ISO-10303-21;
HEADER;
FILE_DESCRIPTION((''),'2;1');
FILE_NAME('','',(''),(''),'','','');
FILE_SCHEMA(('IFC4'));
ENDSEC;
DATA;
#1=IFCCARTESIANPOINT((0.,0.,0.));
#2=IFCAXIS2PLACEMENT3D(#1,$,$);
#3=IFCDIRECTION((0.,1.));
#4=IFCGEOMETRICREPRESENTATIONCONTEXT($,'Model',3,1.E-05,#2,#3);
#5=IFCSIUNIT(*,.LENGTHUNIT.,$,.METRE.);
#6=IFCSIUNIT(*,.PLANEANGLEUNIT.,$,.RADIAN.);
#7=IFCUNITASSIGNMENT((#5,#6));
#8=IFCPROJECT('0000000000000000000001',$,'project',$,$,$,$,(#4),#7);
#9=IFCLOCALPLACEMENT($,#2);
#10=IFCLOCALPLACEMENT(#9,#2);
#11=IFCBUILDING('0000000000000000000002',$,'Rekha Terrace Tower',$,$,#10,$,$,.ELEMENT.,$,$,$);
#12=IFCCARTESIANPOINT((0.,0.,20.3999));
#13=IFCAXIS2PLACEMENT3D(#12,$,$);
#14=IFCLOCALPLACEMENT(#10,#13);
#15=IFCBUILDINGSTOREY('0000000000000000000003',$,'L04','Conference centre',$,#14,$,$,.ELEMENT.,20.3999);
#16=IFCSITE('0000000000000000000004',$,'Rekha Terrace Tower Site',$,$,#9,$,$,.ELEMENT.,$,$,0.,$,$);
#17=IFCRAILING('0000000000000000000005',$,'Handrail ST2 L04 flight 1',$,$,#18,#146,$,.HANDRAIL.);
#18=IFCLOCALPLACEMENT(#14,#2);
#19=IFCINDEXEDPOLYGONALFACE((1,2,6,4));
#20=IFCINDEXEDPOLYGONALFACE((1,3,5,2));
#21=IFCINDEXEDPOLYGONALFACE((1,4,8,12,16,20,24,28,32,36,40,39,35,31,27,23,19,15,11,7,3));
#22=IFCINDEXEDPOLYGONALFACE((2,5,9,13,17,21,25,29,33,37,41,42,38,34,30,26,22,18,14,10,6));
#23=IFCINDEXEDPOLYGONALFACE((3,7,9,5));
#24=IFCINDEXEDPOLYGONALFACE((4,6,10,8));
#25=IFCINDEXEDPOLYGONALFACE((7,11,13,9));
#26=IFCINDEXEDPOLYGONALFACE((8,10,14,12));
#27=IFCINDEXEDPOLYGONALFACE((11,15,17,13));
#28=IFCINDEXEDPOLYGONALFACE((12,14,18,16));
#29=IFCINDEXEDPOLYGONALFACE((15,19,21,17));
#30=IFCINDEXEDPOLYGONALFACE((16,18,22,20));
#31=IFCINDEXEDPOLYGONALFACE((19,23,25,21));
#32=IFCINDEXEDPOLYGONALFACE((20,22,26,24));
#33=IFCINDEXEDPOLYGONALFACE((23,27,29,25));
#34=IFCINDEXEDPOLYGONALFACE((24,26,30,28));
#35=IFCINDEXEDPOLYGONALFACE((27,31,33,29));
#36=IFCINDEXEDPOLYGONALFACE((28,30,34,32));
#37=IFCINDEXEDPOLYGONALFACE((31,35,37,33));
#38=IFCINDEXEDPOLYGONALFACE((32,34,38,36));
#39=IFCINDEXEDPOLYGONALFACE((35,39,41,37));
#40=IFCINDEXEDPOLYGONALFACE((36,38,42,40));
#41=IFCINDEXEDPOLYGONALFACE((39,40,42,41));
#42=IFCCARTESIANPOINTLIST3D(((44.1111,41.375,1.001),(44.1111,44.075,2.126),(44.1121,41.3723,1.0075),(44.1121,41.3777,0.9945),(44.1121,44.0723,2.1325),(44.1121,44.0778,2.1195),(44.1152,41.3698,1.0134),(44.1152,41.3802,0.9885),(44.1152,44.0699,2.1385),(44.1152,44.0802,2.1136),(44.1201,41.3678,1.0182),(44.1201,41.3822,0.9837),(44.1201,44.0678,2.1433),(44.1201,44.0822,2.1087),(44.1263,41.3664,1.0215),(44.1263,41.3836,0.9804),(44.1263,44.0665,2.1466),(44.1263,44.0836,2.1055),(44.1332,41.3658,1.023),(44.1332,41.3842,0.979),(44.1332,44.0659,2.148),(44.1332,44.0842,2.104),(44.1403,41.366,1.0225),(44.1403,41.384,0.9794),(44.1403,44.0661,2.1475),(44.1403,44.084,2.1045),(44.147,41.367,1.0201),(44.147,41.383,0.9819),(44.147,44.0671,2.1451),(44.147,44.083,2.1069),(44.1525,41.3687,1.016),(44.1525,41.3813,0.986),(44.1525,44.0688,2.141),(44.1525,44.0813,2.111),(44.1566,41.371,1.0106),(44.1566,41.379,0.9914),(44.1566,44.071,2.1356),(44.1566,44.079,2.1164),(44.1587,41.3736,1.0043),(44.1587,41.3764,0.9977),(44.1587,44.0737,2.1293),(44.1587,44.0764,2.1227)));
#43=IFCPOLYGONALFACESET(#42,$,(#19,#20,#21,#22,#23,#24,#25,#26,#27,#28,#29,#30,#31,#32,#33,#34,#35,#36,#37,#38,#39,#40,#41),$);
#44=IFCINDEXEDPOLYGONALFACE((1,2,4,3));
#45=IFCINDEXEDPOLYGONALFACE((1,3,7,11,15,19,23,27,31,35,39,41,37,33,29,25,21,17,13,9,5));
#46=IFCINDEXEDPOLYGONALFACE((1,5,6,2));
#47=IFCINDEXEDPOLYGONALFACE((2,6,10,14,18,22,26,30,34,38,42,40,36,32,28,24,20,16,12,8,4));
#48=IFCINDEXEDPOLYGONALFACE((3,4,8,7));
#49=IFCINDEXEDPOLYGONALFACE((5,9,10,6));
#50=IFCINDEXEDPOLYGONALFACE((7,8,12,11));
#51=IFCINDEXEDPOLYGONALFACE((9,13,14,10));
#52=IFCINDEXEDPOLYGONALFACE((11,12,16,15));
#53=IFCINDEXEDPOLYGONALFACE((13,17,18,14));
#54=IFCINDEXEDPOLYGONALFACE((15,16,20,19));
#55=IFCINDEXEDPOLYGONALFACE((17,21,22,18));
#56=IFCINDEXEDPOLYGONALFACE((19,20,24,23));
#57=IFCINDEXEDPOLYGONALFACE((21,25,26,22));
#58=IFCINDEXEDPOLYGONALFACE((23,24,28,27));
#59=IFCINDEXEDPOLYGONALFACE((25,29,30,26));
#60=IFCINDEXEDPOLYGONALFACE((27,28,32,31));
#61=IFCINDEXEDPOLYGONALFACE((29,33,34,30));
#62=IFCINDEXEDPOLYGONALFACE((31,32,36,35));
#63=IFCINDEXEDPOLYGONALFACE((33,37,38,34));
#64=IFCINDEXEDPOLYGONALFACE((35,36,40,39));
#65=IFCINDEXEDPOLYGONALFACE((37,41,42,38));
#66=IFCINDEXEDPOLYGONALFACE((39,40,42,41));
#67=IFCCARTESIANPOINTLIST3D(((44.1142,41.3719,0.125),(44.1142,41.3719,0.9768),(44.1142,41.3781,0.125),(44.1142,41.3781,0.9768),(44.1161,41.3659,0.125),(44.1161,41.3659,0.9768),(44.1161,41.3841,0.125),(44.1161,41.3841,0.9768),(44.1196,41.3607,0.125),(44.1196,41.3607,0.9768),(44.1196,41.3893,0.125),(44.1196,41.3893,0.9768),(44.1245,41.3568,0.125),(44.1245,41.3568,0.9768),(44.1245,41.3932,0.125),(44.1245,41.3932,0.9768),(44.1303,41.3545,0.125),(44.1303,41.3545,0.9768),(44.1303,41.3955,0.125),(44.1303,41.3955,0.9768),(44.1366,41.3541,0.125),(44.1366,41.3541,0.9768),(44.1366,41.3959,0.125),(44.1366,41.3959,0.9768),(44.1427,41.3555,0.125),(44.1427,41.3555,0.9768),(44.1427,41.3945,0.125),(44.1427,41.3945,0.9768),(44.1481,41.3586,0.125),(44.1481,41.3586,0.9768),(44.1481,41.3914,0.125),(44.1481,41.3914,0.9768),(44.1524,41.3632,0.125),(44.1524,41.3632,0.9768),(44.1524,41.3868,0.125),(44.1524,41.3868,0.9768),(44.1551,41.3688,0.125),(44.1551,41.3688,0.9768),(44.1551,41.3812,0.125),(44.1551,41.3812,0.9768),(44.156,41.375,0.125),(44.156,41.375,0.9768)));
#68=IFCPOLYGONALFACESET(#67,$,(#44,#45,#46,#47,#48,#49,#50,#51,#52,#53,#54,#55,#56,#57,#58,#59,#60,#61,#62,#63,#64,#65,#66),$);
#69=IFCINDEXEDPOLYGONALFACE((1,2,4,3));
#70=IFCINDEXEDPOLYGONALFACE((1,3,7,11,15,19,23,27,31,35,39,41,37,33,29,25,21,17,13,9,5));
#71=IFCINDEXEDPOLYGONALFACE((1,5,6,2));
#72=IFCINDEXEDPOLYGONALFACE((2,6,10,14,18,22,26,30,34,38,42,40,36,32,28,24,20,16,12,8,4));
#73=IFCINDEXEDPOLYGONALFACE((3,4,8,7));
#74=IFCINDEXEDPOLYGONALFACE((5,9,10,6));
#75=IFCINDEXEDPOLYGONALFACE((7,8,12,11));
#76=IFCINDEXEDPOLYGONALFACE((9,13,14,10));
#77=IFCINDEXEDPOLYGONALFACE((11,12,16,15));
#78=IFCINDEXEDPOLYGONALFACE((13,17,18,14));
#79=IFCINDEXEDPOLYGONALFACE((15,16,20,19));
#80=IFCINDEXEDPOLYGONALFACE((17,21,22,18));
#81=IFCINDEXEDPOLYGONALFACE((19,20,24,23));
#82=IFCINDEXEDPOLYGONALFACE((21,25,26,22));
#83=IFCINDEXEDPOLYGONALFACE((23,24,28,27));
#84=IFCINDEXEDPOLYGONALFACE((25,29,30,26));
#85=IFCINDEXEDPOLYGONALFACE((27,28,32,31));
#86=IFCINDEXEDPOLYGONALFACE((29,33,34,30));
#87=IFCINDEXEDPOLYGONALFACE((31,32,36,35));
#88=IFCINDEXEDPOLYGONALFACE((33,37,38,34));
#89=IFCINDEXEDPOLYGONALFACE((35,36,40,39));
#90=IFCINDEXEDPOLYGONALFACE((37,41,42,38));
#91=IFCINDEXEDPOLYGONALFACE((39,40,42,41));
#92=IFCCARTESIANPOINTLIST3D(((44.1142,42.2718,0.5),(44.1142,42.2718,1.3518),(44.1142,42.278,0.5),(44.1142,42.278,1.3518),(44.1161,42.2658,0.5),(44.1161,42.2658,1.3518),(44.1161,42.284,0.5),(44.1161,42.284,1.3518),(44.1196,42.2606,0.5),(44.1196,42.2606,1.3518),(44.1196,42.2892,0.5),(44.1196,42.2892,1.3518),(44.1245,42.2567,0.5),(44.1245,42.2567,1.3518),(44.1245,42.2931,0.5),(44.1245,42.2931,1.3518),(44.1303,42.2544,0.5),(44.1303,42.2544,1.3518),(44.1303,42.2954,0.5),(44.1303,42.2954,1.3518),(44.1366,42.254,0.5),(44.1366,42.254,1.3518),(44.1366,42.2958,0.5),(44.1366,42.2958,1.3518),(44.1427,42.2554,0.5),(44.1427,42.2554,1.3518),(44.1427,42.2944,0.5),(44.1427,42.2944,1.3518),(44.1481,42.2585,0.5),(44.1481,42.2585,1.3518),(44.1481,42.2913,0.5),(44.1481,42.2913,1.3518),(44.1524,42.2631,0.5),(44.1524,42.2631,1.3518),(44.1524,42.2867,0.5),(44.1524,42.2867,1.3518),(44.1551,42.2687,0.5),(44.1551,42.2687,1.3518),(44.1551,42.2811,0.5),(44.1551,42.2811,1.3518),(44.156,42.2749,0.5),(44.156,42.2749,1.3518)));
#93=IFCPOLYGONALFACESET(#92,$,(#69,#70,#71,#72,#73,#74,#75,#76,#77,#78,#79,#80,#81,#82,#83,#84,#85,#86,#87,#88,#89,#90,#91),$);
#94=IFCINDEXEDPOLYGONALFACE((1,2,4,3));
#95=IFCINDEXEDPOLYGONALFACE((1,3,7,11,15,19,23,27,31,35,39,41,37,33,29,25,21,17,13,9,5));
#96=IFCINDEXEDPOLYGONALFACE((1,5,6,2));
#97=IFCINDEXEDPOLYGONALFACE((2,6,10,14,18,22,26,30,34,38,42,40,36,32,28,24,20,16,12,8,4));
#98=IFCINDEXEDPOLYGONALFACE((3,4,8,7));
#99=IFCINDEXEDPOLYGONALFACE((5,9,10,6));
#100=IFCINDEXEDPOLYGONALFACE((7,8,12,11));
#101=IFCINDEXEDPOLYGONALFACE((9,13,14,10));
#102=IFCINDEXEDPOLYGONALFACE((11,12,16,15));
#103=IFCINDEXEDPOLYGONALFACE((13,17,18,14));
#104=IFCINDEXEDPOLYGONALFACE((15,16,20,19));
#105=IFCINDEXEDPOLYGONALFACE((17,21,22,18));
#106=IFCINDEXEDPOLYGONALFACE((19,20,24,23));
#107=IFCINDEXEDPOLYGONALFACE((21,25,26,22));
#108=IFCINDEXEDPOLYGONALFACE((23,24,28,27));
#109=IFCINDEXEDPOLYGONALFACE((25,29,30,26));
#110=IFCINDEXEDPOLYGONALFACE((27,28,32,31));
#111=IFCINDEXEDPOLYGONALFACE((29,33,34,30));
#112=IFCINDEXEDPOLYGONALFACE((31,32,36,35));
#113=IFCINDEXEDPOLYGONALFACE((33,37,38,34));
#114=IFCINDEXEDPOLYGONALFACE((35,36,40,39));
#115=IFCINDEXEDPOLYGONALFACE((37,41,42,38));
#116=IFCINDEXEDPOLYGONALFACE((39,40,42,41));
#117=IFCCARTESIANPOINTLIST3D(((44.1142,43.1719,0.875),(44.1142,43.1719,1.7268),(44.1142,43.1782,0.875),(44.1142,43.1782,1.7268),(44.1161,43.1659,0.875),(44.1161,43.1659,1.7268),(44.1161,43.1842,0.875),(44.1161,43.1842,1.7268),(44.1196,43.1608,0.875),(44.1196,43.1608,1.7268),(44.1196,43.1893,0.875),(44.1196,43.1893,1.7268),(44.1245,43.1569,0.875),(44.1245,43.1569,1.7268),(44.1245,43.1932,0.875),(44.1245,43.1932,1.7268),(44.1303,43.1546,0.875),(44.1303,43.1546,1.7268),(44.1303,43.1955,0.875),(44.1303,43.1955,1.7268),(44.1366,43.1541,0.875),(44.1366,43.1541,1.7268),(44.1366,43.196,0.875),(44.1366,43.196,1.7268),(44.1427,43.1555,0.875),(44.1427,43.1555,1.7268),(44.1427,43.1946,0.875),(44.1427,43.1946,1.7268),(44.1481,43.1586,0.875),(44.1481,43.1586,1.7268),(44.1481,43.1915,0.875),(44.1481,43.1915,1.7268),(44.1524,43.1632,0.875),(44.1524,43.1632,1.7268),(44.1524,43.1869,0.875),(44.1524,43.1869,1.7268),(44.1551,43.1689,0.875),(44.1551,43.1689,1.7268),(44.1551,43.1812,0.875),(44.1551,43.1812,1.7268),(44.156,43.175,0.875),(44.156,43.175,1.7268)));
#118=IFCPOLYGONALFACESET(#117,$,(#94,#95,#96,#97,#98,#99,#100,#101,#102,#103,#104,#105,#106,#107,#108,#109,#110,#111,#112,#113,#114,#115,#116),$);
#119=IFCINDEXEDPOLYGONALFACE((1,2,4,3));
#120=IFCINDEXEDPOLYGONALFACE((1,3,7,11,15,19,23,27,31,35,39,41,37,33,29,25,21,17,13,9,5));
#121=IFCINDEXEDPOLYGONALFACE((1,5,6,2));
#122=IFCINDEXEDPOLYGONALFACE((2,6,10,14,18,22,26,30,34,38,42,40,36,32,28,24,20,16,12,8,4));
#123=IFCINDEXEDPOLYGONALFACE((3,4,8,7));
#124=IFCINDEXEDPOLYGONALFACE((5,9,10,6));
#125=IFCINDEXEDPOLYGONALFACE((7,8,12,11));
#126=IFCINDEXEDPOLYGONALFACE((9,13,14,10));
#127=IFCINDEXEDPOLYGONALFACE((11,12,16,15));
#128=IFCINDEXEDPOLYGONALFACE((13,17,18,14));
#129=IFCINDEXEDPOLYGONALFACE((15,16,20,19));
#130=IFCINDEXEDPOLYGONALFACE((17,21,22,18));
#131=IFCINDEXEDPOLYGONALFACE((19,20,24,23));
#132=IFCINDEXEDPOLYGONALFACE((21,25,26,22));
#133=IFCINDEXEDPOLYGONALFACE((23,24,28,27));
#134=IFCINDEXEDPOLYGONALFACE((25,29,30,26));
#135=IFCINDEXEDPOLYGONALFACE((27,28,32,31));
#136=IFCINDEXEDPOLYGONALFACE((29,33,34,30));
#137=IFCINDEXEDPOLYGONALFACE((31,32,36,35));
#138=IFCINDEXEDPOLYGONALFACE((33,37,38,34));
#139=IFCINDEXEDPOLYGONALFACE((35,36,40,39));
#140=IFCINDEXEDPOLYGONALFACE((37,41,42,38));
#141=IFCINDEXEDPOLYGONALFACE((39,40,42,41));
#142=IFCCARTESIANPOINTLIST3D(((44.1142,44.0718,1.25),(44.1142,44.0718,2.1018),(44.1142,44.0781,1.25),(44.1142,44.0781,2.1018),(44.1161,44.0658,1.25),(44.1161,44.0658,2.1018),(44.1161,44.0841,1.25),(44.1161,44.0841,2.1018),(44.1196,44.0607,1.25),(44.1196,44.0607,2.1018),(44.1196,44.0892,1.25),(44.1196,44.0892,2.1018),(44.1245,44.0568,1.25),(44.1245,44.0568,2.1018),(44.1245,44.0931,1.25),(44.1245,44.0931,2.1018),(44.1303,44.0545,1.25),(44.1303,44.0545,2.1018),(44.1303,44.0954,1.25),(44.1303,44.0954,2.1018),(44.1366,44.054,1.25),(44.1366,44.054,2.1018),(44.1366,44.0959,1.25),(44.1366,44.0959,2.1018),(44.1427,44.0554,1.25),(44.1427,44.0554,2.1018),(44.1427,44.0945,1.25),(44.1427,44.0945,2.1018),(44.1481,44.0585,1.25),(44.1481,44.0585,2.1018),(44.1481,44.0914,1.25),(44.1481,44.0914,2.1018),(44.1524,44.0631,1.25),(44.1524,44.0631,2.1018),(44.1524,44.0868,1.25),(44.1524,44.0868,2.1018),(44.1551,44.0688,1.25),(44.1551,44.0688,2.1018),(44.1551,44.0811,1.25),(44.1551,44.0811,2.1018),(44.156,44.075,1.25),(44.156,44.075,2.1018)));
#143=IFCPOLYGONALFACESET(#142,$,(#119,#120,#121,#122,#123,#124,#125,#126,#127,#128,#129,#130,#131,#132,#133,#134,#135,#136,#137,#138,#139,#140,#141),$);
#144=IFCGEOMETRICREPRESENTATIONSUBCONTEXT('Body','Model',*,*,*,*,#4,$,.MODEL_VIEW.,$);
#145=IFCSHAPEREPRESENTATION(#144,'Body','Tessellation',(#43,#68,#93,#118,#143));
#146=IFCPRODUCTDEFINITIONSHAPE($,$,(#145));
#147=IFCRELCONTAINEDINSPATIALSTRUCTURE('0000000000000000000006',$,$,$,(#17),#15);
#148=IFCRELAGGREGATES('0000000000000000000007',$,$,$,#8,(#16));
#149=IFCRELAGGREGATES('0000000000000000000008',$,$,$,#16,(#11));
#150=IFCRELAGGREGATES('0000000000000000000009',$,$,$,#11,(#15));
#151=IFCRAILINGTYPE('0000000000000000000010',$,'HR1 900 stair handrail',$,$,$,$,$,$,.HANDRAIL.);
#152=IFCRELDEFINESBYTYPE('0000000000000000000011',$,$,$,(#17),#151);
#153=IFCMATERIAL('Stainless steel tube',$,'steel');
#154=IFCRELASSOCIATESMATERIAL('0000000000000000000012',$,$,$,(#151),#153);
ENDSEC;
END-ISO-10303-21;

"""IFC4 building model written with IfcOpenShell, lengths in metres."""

from ifc_helpers import new_model, si_unit, direction, frame, origin, origin_2d, place, context, subcontext, project, spatial, circle, extrude, material, type_object, element, save


model = new_model("IFC4")

# Units and contexts
model_context = context("Model", 3, precision=1e-05, world=origin(), true_north=direction((0.0, 1.0)))
body_context = subcontext(model_context, "Body", "Model", "MODEL_VIEW")
ifc_project = project(units=[si_unit("LENGTHUNIT", "METRE"), si_unit("PLANEANGLEUNIT", "RADIAN")], contexts=[model_context])

# Site, building, storey
site_placement = place(None, origin())
site = spatial("IfcSite", under=ifc_project, at=site_placement, Name="Rekha Terrace Tower Site", CompositionType="ELEMENT", RefElevation=0.0)
building_placement = place(site_placement, origin())
building = spatial("IfcBuilding", under=site, at=building_placement, Name="Rekha Terrace Tower", CompositionType="ELEMENT")
storey_placement = place(building_placement, frame((0.0, 0.0, 20.3999)))
storey = spatial("IfcBuildingStorey", under=building, at=storey_placement, Name="L04", Description="Conference centre", CompositionType="ELEMENT", Elevation=20.3999)

# Railing
ifc_material_1 = material(Name="Stainless steel tube", Category="steel")
railing_type_1 = type_object("IfcRailingType", Name="HR1 900 stair handrail", PredefinedType="HANDRAIL", material=ifc_material_1)
railing_1_placement = place(storey_placement, frame((44.135, 41.375, 0.125)))
element("IfcRailing", 1, at=railing_1_placement, inside=storey, type_object=railing_type_1, Name="Handrail ST2 L04 flight 1", PredefinedType="HANDRAIL", context=body_context, shape_type="SweptSolid", body=[
    extrude(circle(Radius=0.0239, at=origin_2d()), frame((0.0, 0.0, 0.876), z_axis=(0.0, 0.923074, 0.384621), x_axis=(-1.0, 0.0, 0.0)), (0.0, 0.0, 1.0), 2.925),
    extrude(circle(Radius=0.021, at=origin_2d()), origin(), (0.0, 0.0, 1.0), 0.8518),
    extrude(circle(Radius=0.021, at=origin_2d()), frame((0.0, 0.8999, 0.375)), (0.0, 0.0, 1.0), 0.8518),
    extrude(circle(Radius=0.021, at=origin_2d()), frame((0.0, 1.8, 0.75)), (0.0, 0.0, 1.0), 0.8518),
    extrude(circle(Radius=0.021, at=origin_2d()), frame((0.0, 2.7, 1.125)), (0.0, 0.0, 1.0), 0.8518),
])

save(model, "model.ifc")
